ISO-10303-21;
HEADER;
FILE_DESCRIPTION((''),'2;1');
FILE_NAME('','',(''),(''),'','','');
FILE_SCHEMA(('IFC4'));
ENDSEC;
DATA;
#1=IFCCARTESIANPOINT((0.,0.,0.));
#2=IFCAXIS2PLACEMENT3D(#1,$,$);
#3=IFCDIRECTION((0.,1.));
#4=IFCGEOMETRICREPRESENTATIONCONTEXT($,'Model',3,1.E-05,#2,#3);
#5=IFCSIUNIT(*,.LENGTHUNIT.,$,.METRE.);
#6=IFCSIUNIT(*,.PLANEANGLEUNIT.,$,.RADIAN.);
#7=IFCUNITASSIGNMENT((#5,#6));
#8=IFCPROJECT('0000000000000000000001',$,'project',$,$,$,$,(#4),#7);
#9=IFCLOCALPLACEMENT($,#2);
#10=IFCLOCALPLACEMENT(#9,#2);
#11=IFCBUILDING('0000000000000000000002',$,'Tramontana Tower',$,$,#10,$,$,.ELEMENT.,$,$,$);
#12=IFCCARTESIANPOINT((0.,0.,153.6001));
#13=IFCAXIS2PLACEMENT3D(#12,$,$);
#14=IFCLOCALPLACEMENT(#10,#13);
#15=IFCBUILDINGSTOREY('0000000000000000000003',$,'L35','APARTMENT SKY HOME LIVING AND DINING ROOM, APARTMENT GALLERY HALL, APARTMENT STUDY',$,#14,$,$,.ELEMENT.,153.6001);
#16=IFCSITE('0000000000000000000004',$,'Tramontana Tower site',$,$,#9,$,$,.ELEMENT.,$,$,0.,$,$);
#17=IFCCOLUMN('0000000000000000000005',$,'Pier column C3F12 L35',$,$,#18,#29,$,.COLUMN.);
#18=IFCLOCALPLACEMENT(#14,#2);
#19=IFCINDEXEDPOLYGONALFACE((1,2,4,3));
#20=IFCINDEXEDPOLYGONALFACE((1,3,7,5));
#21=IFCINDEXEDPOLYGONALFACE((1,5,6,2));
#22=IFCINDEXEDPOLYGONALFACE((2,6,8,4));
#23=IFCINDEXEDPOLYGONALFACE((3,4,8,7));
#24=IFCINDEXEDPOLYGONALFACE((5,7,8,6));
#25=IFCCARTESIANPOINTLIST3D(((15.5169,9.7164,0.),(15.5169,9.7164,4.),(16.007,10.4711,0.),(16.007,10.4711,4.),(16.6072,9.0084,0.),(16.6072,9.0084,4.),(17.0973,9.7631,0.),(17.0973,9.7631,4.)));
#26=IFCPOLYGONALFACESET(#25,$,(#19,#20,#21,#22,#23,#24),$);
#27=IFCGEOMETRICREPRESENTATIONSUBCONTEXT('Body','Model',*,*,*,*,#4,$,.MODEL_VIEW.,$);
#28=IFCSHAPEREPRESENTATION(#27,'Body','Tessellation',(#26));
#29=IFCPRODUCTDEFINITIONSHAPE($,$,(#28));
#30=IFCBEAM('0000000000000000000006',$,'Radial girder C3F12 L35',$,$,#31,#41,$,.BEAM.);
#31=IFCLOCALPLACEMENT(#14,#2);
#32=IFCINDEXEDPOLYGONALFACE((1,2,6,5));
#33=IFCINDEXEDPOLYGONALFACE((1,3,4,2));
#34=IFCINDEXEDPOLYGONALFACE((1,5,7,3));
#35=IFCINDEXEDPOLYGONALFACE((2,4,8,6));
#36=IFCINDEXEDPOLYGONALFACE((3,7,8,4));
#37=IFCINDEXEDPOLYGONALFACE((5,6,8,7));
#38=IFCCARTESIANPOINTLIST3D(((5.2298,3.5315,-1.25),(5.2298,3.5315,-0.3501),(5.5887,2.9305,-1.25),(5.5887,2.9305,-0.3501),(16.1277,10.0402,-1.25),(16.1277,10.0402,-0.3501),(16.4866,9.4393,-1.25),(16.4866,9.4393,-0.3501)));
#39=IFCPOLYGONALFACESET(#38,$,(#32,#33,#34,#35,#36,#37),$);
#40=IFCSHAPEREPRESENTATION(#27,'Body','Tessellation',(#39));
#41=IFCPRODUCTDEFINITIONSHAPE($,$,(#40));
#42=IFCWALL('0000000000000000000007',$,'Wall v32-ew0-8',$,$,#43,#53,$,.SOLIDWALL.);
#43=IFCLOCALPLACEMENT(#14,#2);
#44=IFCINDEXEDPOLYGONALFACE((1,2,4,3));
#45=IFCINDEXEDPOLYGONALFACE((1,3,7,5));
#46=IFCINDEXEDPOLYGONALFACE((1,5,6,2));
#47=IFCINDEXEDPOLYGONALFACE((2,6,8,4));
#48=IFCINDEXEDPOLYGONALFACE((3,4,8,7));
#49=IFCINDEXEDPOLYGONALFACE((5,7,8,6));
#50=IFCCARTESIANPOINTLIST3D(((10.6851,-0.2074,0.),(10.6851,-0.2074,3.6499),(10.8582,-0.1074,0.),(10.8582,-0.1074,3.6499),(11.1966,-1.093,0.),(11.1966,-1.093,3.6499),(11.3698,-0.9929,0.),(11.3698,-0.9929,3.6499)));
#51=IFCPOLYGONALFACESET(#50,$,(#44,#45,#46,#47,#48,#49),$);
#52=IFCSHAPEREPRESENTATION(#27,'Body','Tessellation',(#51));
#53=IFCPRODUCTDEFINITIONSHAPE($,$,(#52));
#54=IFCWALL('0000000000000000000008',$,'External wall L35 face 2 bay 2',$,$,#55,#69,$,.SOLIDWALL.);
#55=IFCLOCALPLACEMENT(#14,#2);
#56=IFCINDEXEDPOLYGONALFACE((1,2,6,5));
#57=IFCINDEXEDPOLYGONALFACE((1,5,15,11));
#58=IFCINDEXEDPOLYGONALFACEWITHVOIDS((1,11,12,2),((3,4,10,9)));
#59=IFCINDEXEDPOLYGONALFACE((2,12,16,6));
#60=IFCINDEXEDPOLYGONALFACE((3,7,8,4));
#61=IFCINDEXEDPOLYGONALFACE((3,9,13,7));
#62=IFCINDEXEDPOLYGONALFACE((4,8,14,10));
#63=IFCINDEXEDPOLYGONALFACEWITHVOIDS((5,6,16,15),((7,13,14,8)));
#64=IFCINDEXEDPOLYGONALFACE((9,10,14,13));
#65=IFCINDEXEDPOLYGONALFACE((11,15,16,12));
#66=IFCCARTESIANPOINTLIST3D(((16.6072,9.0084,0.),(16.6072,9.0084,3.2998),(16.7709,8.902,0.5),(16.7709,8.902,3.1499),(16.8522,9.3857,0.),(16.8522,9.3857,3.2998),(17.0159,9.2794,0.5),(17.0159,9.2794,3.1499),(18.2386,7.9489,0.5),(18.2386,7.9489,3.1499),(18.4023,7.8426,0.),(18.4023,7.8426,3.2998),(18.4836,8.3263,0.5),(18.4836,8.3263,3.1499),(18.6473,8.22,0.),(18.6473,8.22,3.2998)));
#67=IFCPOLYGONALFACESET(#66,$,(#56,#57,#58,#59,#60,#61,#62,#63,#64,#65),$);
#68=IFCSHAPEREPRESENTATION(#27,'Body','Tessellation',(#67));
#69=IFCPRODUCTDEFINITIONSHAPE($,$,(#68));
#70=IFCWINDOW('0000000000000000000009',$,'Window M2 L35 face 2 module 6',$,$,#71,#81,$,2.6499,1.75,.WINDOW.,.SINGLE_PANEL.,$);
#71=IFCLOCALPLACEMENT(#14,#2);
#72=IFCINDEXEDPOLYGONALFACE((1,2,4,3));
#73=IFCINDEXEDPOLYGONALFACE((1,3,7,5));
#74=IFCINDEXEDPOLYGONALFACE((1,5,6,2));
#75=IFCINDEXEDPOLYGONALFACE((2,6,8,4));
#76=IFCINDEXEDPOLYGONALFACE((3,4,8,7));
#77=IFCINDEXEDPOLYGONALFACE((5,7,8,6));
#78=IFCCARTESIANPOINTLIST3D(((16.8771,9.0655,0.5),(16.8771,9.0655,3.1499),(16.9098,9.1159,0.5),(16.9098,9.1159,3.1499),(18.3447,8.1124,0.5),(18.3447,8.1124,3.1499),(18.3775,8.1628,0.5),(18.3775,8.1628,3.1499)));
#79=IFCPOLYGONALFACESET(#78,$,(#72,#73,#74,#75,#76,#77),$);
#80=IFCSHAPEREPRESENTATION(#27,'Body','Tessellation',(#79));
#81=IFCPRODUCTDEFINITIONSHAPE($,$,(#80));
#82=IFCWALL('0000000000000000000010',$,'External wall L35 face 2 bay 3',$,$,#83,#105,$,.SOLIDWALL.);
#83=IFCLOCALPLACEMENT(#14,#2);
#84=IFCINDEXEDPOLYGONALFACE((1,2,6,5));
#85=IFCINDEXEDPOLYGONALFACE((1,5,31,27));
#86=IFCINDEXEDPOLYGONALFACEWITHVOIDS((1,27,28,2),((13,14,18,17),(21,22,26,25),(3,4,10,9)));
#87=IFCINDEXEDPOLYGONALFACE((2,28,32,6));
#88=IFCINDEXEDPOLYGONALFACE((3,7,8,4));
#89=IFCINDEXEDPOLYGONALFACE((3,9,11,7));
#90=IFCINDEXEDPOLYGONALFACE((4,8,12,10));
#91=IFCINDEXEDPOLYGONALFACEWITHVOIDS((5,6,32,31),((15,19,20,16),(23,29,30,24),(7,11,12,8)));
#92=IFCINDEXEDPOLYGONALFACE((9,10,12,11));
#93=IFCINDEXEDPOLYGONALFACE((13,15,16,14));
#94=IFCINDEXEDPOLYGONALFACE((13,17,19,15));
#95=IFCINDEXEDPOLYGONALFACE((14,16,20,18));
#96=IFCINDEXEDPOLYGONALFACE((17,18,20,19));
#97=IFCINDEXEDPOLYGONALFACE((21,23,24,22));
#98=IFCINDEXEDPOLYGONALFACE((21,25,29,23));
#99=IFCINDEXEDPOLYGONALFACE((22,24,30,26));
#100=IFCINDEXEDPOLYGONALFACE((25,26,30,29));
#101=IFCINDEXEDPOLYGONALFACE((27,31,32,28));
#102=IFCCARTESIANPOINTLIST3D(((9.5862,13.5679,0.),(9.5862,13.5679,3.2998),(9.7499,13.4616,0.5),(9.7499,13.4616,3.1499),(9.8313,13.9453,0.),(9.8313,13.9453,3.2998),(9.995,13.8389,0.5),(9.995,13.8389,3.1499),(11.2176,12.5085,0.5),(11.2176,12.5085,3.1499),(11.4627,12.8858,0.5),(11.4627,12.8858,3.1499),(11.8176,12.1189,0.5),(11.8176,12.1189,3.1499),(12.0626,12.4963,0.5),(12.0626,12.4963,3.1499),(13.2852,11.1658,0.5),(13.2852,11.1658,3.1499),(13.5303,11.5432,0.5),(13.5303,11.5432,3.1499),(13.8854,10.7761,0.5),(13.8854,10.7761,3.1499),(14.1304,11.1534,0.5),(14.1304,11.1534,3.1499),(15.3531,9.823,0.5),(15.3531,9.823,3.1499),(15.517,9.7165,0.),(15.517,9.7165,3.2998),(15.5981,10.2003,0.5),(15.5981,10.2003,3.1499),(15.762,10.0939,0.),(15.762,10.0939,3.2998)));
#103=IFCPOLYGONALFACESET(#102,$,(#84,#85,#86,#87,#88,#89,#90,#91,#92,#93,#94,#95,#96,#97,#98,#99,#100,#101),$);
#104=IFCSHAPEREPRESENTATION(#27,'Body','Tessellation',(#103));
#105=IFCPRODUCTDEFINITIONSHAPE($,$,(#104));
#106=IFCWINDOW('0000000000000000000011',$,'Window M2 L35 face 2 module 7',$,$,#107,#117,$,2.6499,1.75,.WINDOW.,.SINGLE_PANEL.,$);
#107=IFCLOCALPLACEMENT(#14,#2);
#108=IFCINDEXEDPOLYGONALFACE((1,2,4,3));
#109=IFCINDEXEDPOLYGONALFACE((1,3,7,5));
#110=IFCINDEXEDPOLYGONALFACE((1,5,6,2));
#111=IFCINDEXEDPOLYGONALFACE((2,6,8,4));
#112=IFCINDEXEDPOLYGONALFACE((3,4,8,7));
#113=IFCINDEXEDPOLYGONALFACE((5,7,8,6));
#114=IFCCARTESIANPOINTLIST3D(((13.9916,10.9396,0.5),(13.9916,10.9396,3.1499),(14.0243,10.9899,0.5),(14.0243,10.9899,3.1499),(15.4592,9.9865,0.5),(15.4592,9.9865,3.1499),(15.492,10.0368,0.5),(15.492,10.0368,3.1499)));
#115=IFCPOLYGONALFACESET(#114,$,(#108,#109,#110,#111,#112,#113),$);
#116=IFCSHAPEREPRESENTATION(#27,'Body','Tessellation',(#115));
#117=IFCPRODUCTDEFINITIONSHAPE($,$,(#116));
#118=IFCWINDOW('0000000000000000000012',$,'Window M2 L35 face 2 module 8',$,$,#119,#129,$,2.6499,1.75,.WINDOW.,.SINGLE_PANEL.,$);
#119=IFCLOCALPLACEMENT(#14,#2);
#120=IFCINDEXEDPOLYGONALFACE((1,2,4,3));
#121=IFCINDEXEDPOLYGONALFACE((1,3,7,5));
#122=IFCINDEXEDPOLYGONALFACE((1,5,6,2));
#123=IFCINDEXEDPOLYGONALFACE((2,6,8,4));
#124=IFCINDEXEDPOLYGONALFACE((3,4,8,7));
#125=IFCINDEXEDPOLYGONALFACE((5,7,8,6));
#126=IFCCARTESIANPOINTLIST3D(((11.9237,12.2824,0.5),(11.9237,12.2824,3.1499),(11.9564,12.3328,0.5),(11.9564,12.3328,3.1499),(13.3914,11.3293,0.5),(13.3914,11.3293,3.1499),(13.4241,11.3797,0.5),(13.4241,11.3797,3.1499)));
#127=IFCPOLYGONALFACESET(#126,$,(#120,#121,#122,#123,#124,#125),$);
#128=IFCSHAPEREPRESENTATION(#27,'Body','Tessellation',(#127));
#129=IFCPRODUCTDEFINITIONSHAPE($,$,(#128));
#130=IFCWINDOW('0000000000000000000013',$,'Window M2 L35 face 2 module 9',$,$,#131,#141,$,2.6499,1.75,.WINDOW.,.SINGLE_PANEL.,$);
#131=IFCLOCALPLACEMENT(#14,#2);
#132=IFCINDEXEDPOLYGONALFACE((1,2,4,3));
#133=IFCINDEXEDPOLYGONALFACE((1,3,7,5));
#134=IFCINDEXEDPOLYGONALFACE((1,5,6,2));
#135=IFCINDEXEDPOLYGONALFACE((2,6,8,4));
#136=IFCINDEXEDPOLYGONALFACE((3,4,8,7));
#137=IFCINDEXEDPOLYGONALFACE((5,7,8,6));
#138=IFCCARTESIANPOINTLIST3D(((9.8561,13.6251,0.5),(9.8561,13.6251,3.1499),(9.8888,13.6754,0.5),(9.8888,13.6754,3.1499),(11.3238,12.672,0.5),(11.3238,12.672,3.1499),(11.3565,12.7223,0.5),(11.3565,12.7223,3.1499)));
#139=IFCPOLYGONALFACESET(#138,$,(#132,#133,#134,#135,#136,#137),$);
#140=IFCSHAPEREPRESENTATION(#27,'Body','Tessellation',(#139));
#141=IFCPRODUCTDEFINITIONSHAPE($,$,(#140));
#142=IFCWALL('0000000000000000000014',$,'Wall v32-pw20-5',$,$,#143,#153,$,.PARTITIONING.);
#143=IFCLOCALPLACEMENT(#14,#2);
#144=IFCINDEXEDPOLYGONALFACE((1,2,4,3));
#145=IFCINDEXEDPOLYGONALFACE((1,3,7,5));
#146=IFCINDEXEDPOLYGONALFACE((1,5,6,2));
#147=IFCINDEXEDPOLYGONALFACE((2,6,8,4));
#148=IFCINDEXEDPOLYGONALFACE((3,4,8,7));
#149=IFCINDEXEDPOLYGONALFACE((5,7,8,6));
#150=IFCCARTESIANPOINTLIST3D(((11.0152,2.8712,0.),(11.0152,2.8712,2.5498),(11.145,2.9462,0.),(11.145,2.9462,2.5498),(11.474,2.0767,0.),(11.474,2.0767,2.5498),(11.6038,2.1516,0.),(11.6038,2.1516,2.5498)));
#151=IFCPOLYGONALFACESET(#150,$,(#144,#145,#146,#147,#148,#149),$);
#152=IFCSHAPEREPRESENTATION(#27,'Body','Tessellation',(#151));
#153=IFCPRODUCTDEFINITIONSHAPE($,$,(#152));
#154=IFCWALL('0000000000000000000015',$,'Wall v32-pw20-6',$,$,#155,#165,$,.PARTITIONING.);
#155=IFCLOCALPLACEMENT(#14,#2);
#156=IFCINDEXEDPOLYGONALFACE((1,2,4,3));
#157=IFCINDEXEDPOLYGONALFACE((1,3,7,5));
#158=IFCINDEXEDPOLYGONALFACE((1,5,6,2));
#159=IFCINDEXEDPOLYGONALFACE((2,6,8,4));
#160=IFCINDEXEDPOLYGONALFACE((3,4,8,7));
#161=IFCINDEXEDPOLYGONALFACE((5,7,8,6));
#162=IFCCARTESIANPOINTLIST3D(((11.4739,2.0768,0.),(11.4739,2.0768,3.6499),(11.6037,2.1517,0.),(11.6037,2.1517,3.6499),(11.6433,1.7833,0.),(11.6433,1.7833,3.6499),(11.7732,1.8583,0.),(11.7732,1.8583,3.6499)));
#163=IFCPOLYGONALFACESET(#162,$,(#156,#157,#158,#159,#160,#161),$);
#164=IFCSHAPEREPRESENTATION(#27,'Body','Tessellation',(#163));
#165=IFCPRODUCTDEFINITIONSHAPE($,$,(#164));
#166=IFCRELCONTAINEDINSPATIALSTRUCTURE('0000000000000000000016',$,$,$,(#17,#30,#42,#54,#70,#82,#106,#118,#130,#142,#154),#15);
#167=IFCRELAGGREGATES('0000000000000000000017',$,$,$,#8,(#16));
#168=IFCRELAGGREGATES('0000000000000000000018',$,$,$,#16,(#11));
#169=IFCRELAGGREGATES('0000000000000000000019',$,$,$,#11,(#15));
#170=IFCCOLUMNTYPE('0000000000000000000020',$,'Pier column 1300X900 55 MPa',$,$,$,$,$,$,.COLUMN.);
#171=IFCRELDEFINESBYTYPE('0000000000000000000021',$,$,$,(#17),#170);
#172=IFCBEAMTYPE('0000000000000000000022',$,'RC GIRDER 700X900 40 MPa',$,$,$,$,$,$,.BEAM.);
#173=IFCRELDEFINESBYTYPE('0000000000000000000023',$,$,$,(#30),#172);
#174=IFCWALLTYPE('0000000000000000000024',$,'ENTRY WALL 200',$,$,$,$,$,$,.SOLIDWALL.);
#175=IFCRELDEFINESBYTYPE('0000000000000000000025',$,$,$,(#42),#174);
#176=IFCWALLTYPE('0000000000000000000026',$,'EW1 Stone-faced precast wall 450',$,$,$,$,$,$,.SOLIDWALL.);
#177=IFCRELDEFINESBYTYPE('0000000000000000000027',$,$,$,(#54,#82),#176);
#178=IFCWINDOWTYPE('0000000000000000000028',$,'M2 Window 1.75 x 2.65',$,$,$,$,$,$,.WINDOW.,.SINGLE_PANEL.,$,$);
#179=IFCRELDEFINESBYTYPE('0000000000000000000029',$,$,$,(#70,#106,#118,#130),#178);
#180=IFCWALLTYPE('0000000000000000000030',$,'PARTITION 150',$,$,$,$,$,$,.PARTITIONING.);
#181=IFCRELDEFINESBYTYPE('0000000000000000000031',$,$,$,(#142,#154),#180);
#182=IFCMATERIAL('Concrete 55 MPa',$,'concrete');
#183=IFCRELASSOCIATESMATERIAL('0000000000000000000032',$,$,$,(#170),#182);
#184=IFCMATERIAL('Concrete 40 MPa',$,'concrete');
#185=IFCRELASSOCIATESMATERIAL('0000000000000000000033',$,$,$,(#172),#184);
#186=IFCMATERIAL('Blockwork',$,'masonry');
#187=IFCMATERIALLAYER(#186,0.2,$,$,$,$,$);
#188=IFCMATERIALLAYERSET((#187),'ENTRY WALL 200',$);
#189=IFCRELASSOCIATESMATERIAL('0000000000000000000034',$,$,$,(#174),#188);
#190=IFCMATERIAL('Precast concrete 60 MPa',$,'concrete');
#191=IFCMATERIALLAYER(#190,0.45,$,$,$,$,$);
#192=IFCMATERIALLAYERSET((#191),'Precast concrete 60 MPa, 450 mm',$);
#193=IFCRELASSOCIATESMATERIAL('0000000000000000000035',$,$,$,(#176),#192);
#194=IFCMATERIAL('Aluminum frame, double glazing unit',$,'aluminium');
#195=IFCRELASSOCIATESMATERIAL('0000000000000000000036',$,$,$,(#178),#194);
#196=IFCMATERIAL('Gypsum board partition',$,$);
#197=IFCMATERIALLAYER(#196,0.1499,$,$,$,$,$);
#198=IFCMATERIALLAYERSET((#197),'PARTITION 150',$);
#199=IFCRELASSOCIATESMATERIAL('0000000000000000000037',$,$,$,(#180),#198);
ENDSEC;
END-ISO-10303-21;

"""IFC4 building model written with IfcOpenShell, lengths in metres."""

from ifc_helpers import new_model, si_unit, direction, frame, frame_2d, origin, origin_2d, place, context, subcontext, project, spatial, rectangle, extrude, material, layer, layer_set, material_profile, profile_set, type_object, element, fill, save


model = new_model("IFC4")

# Units and contexts
model_context = context("Model", 3, precision=1e-05, world=origin(), true_north=direction((0.0, 1.0)))
body_context = subcontext(model_context, "Body", "Model", "MODEL_VIEW")
ifc_project = project(units=[si_unit("LENGTHUNIT", "METRE"), si_unit("PLANEANGLEUNIT", "RADIAN")], contexts=[model_context])

# Site, building, storey
site_placement = place(None, origin())
site = spatial("IfcSite", under=ifc_project, at=site_placement, Name="Tramontana Tower site", CompositionType="ELEMENT", RefElevation=0.0)
building_placement = place(site_placement, origin())
building = spatial("IfcBuilding", under=site, at=building_placement, Name="Tramontana Tower", CompositionType="ELEMENT")
storey_placement = place(building_placement, frame((0.0, 0.0, 153.6001)))
storey = spatial("IfcBuildingStorey", under=building, at=storey_placement, Name="L35", Description="APARTMENT SKY HOME LIVING AND DINING ROOM, APARTMENT GALLERY HALL, APARTMENT STUDY", CompositionType="ELEMENT", Elevation=153.6001)

# Column
ifc_material_1 = material(Name="Concrete 55 MPa", Category="concrete")
ifc_material_profile_1 = material_profile(ifc_material_1, rectangle(XDim=1.3, YDim=0.8999, at=origin_2d()), Name="Pier column 1300X900 55 MPa")
ifc_profile_set_1 = profile_set([ifc_material_profile_1], Name="Concrete 55 MPa")
column_type = type_object("IfcColumnType", Name="Pier column 1300X900 55 MPa", PredefinedType="COLUMN", material=ifc_profile_set_1)
column_placement = place(storey_placement, frame((16.3071, 9.7397, 0.0), z_axis=(0.0, 0.0, 1.0), x_axis=(-0.838671, 0.544639, 0.0)))
element("IfcColumn", 1, at=column_placement, inside=storey, type_object=column_type, Name="Pier column C3F12 L35", PredefinedType="COLUMN", context=body_context, shape_type="SweptSolid", body=[
    extrude(rectangle(XDim=1.3, YDim=0.8999, at=origin_2d()), origin(), (0.0, 0.0, 1.0), 4.0),
])

# Beam
ifc_material_2 = material(Name="Concrete 40 MPa", Category="concrete")
ifc_material_profile_2 = material_profile(ifc_material_2, rectangle(XDim=0.7, YDim=0.8999, at=origin_2d()), Name="RC GIRDER 700X900 40 MPa")
ifc_profile_set_2 = profile_set([ifc_material_profile_2], Name="Concrete 40 MPa")
beam_type = type_object("IfcBeamType", Name="RC GIRDER 700X900 40 MPa", PredefinedType="BEAM", material=ifc_profile_set_2)
beam_placement = place(storey_placement, frame((16.3071, 9.7397, -0.8), z_axis=(-0.858533, -0.512758, 0.0), x_axis=(0.512758, -0.858533, 0.0)))
element("IfcBeam", 2, at=beam_placement, inside=storey, type_object=beam_type, Name="Radial girder C3F12 L35", PredefinedType="BEAM", context=body_context, shape_type="SweptSolid", body=[
    extrude(rectangle(XDim=0.7, YDim=0.8999, at=origin_2d()), origin(), (0.0, 0.0, 1.0), 12.6936),
])

# Wall
ifc_material_3 = material(Name="Blockwork", Category="masonry")
ifc_layer_1 = layer(ifc_material_3, 0.2)
ifc_layer_set_1 = layer_set([ifc_layer_1], Name="ENTRY WALL 200")
wall_type_1 = type_object("IfcWallType", Name="ENTRY WALL 200", PredefinedType="SOLIDWALL", material=ifc_layer_set_1)
wall_1_placement = place(storey_placement, frame((10.7717, -0.1575, 0.0), z_axis=(0.0, 0.0, 1.0), x_axis=(0.50017, -0.865927, 0.0)))
element("IfcWall", 3, at=wall_1_placement, inside=storey, type_object=wall_type_1, Name="Wall v32-ew0-8", PredefinedType="SOLIDWALL", context=body_context, shape_type="SweptSolid", body=[
    extrude(rectangle(XDim=1.0227, YDim=0.2, at=frame_2d((0.5112, 0.0))), origin(), (0.0, 0.0, 1.0), 3.6499),
])

# Wall, opening, window
ifc_material_4 = material(Name="Precast concrete 60 MPa", Category="concrete")
ifc_layer_2 = layer(ifc_material_4, 0.45)
ifc_layer_set_2 = layer_set([ifc_layer_2], Name="Precast concrete 60 MPa, 450 mm")
wall_type_2 = type_object("IfcWallType", Name="EW1 Stone-faced precast wall 450", PredefinedType="SOLIDWALL", material=ifc_layer_set_2)
wall_2_placement = place(storey_placement, frame((18.5249, 8.0312, 0.0), z_axis=(0.0, 0.0, 1.0), x_axis=(-0.838675, 0.544631, 0.0)))
wall_2 = element("IfcWall", 4, at=wall_2_placement, inside=storey, type_object=wall_type_2, Name="External wall L35 face 2 bay 2", PredefinedType="SOLIDWALL", context=body_context, shape_type="SweptSolid", body=[
    extrude(rectangle(XDim=2.1404, YDim=0.45, at=frame_2d((1.0703, 0.0))), origin(), (0.0, 0.0, 1.0), 3.2998),
])
opening_1_placement = place(wall_2_placement, frame((0.1953, 0.0, 0.5)))
opening_1 = element("IfcOpeningElement", 5, at=opening_1_placement, cuts=wall_2, PredefinedType="OPENING", context=body_context, shape_type="SweptSolid", body=[
    extrude(rectangle(XDim=1.75, YDim=2.6499, at=frame_2d((0.875, 1.325))), frame((0.0, 0.2349, 0.0), z_axis=(0.0, -1.0, 0.0), x_axis=(1.0, 0.0, 0.0)), (0.0, 0.0, 1.0), 0.47),
])
ifc_material_5 = material(Name="Aluminum frame, double glazing unit", Category="aluminium")
window_type = type_object("IfcWindowType", Name="M2 Window 1.75 x 2.65", PartitioningType="SINGLE_PANEL", PredefinedType="WINDOW", material=ifc_material_5)
window_1_placement = place(opening_1_placement, origin())
window_1 = element("IfcWindow", 6, at=window_1_placement, inside=storey, type_object=window_type, Name="Window M2 L35 face 2 module 6", OverallHeight=2.6499, OverallWidth=1.75, PartitioningType="SINGLE_PANEL", PredefinedType="WINDOW", context=body_context, shape_type="SweptSolid", body=[
    extrude(rectangle(XDim=1.75, YDim=2.6499, at=frame_2d((0.875, 1.325))), frame((0.0, 0.03, 0.0), z_axis=(0.0, -1.0, 0.0), x_axis=(1.0, 0.0, 0.0)), (0.0, 0.0, 1.0), 0.0601),
])
fill(opening_1, window_1)

# Wall, openings, windows
wall_3_placement = place(storey_placement, frame((15.6394, 9.9053, 0.0), z_axis=(0.0, 0.0, 1.0), x_axis=(-0.838677, 0.544629, 0.0)))
wall_3 = element("IfcWall", 7, at=wall_3_placement, inside=storey, type_object=wall_type_2, Name="External wall L35 face 2 bay 3", PredefinedType="SOLIDWALL", context=body_context, shape_type="SweptSolid", body=[
    extrude(rectangle(XDim=7.0715, YDim=0.45, at=frame_2d((3.5356, 0.0))), origin(), (0.0, 0.0, 1.0), 3.2998),
])
opening_2_placement = place(wall_3_placement, frame((0.1953, 0.0, 0.5)))
opening_2 = element("IfcOpeningElement", 8, at=opening_2_placement, cuts=wall_3, PredefinedType="OPENING", context=body_context, shape_type="SweptSolid", body=[
    extrude(rectangle(XDim=1.75, YDim=2.6499, at=frame_2d((0.875, 1.325))), frame((0.0, 0.2349, 0.0), z_axis=(0.0, -1.0, 0.0), x_axis=(1.0, 0.0, 0.0)), (0.0, 0.0, 1.0), 0.47),
])
opening_3_placement = place(wall_3_placement, frame((2.6609, 0.0, 0.5)))
opening_3 = element("IfcOpeningElement", 9, at=opening_3_placement, cuts=wall_3, PredefinedType="OPENING", context=body_context, shape_type="SweptSolid", body=[
    extrude(rectangle(XDim=1.75, YDim=2.6499, at=frame_2d((0.875, 1.325))), frame((0.0, 0.2349, 0.0), z_axis=(0.0, -1.0, 0.0), x_axis=(1.0, 0.0, 0.0)), (0.0, 0.0, 1.0), 0.47),
])
opening_4_placement = place(wall_3_placement, frame((5.1262, 0.0, 0.5)))
opening_4 = element("IfcOpeningElement", 10, at=opening_4_placement, cuts=wall_3, PredefinedType="OPENING", context=body_context, shape_type="SweptSolid", body=[
    extrude(rectangle(XDim=1.75, YDim=2.6499, at=frame_2d((0.875, 1.325))), frame((0.0, 0.2349, 0.0), z_axis=(0.0, -1.0, 0.0), x_axis=(1.0, 0.0, 0.0)), (0.0, 0.0, 1.0), 0.47),
])
window_2_placement = place(opening_2_placement, origin())
window_2 = element("IfcWindow", 11, at=window_2_placement, inside=storey, type_object=window_type, Name="Window M2 L35 face 2 module 7", OverallHeight=2.6499, OverallWidth=1.75, PartitioningType="SINGLE_PANEL", PredefinedType="WINDOW", context=body_context, shape_type="SweptSolid", body=[
    extrude(rectangle(XDim=1.75, YDim=2.6499, at=frame_2d((0.875, 1.325))), frame((0.0, 0.03, 0.0), z_axis=(0.0, -1.0, 0.0), x_axis=(1.0, 0.0, 0.0)), (0.0, 0.0, 1.0), 0.0601),
])
fill(opening_2, window_2)
window_3_placement = place(opening_3_placement, origin())
window_3 = element("IfcWindow", 12, at=window_3_placement, inside=storey, type_object=window_type, Name="Window M2 L35 face 2 module 8", OverallHeight=2.6499, OverallWidth=1.75, PartitioningType="SINGLE_PANEL", PredefinedType="WINDOW", context=body_context, shape_type="SweptSolid", body=[
    extrude(rectangle(XDim=1.75, YDim=2.6499, at=frame_2d((0.875, 1.325))), frame((0.0, 0.03, 0.0), z_axis=(0.0, -1.0, 0.0), x_axis=(1.0, 0.0, 0.0)), (0.0, 0.0, 1.0), 0.0601),
])
fill(opening_3, window_3)
window_4_placement = place(opening_4_placement, origin())
window_4 = element("IfcWindow", 13, at=window_4_placement, inside=storey, type_object=window_type, Name="Window M2 L35 face 2 module 9", OverallHeight=2.6499, OverallWidth=1.75, PartitioningType="SINGLE_PANEL", PredefinedType="WINDOW", context=body_context, shape_type="SweptSolid", body=[
    extrude(rectangle(XDim=1.75, YDim=2.6499, at=frame_2d((0.875, 1.325))), frame((0.0, 0.03, 0.0), z_axis=(0.0, -1.0, 0.0), x_axis=(1.0, 0.0, 0.0)), (0.0, 0.0, 1.0), 0.0601),
])
fill(opening_4, window_4)

# Walls
ifc_material_6 = material(Name="Gypsum board partition")
ifc_layer_3 = layer(ifc_material_6, 0.1499)
ifc_layer_set_3 = layer_set([ifc_layer_3], Name="PARTITION 150")
wall_type_3 = type_object("IfcWallType", Name="PARTITION 150", PredefinedType="PARTITIONING", material=ifc_layer_set_3)
wall_4_placement = place(storey_placement, frame((11.0801, 2.9087, 0.0), z_axis=(0.0, 0.0, 1.0), x_axis=(0.50006, -0.865991, 0.0)))
element("IfcWall", 14, at=wall_4_placement, inside=storey, type_object=wall_type_3, Name="Wall v32-pw20-5", PredefinedType="PARTITIONING", context=body_context, shape_type="SweptSolid", body=[
    extrude(rectangle(XDim=0.9175, YDim=0.1499, at=frame_2d((0.4587, 0.0))), origin(), (0.0, 0.0, 1.0), 2.5498),
])
wall_5_placement = place(storey_placement, frame((11.5388, 2.1143, 0.0), z_axis=(0.0, 0.0, 1.0), x_axis=(0.500013, -0.866018, 0.0)))
element("IfcWall", 15, at=wall_5_placement, inside=storey, type_object=wall_type_3, Name="Wall v32-pw20-6", PredefinedType="PARTITIONING", context=body_context, shape_type="SweptSolid", body=[
    extrude(rectangle(XDim=0.3389, YDim=0.1499, at=frame_2d((0.1694, 0.0))), origin(), (0.0, 0.0, 1.0), 3.6499),
])

save(model, "model.ifc")
